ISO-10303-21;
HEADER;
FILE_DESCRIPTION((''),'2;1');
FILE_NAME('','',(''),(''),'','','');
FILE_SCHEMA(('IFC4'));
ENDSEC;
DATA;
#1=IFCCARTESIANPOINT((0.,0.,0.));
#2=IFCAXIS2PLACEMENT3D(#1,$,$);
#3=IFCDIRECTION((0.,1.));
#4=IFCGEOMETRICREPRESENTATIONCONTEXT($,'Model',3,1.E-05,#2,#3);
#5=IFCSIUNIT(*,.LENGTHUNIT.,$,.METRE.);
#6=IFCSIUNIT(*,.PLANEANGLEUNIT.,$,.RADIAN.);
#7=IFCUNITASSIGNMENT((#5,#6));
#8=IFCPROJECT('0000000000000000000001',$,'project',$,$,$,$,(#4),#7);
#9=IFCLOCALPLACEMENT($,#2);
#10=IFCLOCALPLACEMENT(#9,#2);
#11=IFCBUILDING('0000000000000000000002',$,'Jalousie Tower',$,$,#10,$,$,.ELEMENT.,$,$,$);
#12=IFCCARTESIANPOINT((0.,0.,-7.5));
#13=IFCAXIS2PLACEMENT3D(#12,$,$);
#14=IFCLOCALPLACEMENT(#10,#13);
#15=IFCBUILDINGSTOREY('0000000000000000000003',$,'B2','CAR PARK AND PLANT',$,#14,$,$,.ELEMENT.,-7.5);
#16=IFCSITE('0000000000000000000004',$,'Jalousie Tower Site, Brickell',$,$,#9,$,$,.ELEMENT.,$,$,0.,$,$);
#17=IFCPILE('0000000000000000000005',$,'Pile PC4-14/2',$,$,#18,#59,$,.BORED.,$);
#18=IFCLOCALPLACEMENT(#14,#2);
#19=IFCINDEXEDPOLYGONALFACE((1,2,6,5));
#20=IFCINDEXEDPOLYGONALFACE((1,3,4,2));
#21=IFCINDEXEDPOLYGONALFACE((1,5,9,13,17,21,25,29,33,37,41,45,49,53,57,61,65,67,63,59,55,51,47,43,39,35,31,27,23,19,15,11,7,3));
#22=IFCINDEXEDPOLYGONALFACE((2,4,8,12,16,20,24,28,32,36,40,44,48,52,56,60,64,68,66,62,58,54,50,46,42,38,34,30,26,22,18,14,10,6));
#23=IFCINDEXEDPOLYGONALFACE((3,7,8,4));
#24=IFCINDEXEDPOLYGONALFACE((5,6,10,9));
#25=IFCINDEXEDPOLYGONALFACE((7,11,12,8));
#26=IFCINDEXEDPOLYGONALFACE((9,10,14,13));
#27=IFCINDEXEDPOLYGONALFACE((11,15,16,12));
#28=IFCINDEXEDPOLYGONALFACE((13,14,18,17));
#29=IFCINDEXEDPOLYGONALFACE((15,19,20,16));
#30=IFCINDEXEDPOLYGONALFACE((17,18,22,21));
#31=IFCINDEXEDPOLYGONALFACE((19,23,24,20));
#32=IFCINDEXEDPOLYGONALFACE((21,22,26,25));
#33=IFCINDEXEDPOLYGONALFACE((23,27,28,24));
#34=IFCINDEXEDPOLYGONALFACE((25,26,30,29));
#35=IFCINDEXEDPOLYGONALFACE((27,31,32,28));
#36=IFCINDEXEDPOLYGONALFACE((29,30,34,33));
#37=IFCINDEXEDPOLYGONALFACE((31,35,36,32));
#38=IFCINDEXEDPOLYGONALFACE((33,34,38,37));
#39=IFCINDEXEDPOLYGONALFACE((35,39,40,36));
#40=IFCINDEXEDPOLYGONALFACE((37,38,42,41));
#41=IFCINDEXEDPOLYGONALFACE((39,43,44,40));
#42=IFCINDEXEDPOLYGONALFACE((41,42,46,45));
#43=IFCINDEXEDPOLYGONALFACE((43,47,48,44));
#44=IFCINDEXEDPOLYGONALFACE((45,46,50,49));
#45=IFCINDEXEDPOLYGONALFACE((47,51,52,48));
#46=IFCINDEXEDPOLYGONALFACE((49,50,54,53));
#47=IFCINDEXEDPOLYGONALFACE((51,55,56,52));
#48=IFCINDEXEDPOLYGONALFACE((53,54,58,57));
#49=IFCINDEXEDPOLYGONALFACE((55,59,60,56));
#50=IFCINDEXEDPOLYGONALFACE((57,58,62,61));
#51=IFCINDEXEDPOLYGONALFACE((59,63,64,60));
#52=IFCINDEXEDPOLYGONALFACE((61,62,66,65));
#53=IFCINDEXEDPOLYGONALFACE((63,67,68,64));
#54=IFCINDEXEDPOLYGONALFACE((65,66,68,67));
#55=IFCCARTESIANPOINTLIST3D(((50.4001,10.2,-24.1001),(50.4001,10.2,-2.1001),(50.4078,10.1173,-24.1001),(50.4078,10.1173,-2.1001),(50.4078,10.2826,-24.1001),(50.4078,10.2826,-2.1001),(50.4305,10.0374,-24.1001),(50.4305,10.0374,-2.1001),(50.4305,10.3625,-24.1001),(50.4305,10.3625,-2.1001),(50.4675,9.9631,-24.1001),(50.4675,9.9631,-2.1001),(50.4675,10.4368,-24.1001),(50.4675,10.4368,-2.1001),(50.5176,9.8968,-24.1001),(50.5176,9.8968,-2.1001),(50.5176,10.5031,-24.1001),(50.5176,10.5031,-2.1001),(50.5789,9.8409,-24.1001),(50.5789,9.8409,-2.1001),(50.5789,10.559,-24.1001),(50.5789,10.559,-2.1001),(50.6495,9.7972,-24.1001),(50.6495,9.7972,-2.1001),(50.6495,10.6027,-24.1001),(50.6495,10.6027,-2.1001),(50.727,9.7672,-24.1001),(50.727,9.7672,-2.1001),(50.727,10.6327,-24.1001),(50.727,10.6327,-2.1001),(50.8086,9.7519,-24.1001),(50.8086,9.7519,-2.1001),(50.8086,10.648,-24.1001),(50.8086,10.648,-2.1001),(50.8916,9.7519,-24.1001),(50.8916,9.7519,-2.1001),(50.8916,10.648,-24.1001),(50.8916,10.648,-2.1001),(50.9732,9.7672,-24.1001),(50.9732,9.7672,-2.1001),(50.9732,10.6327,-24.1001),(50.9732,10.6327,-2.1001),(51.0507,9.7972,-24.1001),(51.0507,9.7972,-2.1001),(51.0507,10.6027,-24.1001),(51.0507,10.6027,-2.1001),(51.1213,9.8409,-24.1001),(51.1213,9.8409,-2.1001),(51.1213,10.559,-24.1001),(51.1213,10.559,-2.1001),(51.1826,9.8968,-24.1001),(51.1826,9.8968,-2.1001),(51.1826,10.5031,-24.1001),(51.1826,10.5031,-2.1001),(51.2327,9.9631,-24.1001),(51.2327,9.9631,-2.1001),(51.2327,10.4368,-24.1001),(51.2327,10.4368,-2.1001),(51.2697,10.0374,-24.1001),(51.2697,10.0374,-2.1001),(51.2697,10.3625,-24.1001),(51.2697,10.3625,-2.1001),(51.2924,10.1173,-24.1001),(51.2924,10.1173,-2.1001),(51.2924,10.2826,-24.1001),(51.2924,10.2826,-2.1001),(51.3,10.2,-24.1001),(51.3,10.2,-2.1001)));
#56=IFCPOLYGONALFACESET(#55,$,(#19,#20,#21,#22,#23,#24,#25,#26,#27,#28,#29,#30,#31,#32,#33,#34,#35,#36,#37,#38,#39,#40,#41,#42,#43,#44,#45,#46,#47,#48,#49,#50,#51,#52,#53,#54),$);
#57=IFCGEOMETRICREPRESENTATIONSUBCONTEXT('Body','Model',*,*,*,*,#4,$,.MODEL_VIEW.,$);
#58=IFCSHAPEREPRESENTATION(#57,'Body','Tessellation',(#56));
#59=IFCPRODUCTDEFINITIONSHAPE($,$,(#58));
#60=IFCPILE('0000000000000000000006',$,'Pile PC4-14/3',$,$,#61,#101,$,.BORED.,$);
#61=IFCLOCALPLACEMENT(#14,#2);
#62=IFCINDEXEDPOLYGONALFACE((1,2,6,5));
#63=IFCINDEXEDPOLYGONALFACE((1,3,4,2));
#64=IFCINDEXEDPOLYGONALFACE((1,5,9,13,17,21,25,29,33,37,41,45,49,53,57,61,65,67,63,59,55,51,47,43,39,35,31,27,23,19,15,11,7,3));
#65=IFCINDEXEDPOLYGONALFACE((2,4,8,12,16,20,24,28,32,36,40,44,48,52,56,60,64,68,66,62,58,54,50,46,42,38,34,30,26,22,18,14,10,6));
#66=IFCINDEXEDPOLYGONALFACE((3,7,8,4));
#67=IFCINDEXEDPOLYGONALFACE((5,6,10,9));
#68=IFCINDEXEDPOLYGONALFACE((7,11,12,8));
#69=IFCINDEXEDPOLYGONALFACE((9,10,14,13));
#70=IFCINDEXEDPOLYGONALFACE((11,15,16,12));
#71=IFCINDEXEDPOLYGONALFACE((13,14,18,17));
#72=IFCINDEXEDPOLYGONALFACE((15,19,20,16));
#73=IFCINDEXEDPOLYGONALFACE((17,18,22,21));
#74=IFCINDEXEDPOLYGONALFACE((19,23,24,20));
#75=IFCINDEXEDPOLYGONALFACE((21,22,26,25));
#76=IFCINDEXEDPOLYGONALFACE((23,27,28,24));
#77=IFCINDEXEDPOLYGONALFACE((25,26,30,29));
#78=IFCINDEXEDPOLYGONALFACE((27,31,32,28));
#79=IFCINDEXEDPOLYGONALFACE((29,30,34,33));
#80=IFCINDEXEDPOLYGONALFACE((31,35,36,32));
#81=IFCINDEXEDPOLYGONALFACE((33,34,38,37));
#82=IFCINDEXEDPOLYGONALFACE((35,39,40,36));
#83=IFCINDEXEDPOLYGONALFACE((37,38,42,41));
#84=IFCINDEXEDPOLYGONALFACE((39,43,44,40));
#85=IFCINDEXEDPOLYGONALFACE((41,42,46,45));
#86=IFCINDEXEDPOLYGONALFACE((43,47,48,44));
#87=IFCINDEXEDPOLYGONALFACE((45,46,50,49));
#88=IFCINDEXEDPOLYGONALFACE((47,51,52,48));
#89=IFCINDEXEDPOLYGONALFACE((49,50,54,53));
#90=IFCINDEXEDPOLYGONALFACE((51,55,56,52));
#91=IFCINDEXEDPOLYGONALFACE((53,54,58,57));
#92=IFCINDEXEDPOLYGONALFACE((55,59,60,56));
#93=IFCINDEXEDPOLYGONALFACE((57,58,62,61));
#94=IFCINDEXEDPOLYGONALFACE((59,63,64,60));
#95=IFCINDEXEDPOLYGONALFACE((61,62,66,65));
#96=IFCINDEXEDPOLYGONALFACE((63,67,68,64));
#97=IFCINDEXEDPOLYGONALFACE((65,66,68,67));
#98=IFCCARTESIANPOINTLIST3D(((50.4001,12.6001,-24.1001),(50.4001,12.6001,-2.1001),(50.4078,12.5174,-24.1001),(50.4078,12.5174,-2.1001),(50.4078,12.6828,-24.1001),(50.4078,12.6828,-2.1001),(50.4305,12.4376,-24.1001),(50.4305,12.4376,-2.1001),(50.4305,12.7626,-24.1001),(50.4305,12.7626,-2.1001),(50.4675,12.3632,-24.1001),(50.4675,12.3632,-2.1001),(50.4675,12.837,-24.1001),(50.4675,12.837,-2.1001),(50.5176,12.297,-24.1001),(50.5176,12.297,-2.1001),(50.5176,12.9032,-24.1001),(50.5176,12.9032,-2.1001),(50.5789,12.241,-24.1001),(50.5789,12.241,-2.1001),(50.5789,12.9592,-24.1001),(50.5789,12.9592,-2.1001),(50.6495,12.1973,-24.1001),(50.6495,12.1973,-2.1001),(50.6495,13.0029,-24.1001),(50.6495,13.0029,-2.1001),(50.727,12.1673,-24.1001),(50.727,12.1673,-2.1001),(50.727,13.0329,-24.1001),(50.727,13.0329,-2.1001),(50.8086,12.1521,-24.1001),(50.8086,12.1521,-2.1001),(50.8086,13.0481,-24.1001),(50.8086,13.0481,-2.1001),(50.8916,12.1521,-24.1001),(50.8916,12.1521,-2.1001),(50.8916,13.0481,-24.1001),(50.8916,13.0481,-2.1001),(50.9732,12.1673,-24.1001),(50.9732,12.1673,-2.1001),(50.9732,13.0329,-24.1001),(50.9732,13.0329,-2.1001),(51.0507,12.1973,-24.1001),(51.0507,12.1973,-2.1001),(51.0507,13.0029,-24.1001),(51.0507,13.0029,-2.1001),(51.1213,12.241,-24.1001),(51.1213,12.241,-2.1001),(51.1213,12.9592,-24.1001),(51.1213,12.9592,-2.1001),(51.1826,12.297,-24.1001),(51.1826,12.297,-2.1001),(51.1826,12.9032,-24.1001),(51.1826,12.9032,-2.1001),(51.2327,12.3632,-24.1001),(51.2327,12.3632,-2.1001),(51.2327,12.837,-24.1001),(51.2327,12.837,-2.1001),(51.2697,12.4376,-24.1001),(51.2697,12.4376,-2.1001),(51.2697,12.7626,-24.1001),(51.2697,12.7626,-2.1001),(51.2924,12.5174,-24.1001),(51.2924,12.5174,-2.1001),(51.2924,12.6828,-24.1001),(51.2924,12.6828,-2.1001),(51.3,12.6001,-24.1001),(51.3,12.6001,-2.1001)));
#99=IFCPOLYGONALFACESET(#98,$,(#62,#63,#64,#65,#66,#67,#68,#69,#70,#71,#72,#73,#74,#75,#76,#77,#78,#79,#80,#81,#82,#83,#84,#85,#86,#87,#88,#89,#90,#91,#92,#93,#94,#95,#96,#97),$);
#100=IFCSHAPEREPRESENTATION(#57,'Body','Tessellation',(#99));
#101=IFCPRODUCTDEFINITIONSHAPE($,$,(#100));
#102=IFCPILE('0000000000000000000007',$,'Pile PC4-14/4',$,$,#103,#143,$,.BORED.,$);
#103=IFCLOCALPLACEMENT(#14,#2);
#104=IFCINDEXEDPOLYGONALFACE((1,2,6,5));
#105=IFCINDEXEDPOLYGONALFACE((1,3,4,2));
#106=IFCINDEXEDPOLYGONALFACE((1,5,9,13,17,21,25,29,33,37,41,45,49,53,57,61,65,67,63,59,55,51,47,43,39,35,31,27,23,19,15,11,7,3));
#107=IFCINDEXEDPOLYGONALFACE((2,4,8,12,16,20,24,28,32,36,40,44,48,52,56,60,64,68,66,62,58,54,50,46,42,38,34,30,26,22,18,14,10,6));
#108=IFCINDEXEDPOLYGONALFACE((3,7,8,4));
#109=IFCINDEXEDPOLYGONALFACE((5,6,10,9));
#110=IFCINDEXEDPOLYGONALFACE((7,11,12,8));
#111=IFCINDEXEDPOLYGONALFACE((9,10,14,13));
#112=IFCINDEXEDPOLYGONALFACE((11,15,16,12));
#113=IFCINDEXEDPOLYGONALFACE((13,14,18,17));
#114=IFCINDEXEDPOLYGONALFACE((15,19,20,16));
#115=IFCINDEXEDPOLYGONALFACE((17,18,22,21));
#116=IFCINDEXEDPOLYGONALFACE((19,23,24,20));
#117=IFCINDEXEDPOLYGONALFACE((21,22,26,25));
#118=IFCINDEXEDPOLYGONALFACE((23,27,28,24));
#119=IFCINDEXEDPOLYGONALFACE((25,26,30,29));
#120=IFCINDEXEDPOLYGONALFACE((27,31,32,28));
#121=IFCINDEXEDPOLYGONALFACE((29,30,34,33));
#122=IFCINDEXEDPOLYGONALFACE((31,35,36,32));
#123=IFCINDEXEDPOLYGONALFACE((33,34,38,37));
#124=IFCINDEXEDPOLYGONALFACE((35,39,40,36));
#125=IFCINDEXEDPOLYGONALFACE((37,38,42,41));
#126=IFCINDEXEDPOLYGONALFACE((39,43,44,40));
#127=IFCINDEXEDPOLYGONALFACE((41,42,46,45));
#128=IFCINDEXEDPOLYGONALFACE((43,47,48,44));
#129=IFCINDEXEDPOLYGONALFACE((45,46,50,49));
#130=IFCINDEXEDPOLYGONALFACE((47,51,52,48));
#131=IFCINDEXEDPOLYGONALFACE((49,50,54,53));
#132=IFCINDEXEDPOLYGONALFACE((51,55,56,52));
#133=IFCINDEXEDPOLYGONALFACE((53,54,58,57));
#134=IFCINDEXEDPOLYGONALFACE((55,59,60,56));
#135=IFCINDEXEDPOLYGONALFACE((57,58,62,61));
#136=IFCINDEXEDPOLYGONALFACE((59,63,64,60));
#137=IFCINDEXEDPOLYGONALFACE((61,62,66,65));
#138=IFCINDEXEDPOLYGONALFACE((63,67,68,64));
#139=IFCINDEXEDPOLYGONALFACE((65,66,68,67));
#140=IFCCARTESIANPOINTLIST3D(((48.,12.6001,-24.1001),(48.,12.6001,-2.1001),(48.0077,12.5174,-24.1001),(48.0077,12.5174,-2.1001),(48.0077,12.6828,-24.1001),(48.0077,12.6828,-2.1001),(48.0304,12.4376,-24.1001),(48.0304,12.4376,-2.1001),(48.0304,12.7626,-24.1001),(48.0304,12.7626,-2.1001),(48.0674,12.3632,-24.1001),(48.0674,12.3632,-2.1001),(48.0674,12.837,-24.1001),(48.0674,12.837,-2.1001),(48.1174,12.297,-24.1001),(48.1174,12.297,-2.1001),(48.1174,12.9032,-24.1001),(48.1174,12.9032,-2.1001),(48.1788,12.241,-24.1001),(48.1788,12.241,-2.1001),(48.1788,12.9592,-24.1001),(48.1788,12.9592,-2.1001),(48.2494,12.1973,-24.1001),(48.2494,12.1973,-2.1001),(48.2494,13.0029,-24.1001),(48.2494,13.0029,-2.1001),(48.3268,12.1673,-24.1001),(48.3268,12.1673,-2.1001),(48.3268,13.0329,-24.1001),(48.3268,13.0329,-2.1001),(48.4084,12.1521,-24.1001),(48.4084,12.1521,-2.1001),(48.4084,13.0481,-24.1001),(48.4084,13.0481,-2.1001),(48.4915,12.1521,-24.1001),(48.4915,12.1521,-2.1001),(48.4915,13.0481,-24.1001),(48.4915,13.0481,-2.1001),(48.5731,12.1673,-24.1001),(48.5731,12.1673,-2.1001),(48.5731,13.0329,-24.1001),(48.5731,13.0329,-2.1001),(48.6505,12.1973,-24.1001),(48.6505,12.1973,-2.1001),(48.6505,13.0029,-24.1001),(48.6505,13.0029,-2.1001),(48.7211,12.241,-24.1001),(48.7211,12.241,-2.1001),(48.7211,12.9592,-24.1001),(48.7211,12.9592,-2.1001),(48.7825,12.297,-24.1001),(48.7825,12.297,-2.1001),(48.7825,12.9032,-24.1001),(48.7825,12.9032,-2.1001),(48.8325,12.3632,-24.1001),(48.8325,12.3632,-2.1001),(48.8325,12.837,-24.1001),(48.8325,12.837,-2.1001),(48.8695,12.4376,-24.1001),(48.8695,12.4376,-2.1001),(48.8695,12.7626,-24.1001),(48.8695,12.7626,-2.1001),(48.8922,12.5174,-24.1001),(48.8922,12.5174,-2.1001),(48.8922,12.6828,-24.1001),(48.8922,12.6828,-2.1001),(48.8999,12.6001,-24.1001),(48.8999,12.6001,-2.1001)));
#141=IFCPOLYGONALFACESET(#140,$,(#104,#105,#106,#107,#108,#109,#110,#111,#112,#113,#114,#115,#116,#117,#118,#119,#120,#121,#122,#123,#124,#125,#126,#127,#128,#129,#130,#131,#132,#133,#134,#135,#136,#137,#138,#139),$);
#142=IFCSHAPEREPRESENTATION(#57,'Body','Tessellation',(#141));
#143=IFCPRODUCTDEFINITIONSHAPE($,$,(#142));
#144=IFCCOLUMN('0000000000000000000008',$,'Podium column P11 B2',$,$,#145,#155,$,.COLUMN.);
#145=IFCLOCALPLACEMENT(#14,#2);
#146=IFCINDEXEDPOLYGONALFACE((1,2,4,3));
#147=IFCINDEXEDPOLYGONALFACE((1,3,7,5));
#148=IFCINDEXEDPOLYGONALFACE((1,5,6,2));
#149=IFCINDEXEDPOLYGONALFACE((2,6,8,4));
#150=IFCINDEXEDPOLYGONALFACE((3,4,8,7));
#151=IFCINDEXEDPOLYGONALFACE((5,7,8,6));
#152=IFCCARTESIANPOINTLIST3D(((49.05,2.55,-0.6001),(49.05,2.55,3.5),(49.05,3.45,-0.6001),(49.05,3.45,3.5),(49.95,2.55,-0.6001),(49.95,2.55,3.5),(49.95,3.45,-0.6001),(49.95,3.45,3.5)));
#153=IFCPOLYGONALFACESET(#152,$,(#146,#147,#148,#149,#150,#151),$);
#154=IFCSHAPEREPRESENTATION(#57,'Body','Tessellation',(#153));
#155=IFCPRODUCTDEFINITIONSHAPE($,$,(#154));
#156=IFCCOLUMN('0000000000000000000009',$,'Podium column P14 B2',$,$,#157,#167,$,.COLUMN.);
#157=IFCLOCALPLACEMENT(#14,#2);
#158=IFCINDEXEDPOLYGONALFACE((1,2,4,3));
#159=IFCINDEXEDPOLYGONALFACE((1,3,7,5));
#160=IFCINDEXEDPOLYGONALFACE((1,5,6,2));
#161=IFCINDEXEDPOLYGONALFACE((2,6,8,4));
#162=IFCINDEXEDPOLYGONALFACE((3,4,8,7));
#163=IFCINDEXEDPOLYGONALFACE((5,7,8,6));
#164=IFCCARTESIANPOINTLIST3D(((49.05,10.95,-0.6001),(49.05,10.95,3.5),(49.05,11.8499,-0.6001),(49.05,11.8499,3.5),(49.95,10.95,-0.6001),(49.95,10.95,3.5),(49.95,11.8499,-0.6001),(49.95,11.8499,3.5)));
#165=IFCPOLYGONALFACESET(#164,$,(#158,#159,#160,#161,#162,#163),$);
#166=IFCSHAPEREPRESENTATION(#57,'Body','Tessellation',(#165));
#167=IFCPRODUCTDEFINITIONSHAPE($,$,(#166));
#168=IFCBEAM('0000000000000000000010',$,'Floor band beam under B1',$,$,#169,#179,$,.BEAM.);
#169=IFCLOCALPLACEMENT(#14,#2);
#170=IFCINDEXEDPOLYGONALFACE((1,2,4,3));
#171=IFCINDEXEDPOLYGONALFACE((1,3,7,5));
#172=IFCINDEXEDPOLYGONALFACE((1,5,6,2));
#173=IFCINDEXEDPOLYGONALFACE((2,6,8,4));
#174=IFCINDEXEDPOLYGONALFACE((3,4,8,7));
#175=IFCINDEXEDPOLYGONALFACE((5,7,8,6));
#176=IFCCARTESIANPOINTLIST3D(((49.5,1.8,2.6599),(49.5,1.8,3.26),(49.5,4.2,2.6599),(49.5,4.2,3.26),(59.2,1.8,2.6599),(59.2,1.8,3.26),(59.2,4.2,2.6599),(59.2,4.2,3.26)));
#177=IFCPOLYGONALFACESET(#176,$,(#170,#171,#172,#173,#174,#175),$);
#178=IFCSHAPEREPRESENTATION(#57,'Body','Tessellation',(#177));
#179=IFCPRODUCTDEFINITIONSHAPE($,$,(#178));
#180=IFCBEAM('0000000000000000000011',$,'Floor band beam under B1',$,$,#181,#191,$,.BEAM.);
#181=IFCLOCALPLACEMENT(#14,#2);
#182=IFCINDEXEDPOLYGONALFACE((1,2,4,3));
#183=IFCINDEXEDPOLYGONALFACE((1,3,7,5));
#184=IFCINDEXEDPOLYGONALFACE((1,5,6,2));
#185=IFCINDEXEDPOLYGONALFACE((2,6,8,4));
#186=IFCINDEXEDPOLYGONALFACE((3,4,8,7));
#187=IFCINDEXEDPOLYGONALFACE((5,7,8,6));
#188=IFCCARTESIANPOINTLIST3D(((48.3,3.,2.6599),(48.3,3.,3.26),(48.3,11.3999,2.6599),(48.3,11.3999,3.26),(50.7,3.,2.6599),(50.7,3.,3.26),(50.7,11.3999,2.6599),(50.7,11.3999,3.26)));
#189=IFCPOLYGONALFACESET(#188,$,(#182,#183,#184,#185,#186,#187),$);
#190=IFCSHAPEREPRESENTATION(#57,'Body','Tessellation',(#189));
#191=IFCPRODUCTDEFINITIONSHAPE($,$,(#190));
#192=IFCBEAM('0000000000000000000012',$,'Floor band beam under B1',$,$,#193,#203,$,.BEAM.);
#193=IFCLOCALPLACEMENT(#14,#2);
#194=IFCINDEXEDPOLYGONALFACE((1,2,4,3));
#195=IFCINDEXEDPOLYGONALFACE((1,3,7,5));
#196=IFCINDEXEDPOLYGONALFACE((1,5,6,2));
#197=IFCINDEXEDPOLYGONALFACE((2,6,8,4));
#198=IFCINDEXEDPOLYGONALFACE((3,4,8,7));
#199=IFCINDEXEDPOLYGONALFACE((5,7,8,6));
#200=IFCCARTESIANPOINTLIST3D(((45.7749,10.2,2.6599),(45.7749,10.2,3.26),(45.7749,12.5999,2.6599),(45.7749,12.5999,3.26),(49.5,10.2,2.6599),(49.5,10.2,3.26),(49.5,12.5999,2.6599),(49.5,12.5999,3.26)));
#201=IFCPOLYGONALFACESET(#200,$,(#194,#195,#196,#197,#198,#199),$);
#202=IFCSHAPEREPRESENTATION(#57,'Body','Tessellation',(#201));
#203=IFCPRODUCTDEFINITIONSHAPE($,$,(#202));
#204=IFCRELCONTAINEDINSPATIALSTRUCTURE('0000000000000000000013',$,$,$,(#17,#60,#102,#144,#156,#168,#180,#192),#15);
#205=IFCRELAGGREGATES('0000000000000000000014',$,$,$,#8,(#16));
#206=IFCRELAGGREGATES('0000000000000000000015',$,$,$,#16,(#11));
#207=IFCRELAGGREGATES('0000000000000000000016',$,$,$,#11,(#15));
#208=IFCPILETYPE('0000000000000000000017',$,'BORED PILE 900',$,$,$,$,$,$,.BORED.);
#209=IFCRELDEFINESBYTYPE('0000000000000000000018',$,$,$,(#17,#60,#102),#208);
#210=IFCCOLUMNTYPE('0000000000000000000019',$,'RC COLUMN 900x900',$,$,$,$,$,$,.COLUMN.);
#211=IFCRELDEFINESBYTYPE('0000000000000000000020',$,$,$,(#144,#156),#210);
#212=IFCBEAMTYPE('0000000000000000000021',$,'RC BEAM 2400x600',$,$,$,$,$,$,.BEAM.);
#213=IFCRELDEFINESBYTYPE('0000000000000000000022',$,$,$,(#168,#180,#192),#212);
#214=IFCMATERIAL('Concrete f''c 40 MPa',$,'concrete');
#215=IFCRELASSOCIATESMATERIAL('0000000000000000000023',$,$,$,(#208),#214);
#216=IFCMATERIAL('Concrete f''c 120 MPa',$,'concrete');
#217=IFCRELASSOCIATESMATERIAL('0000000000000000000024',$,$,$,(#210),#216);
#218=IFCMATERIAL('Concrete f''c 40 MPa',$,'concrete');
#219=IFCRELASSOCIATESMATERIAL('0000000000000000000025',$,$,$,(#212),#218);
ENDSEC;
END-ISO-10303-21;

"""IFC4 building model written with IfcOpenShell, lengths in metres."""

from ifc_helpers import new_model, si_unit, direction, frame, origin, origin_2d, place, context, subcontext, project, spatial, rectangle, circle, extrude, material, material_profile, profile_set, type_object, element, save


model = new_model("IFC4")

# Units and contexts
model_context = context("Model", 3, precision=1e-05, world=origin(), true_north=direction((0.0, 1.0)))
body_context = subcontext(model_context, "Body", "Model", "MODEL_VIEW")
ifc_project = project(units=[si_unit("LENGTHUNIT", "METRE"), si_unit("PLANEANGLEUNIT", "RADIAN")], contexts=[model_context])

# Site, building, storey
site_placement = place(None, origin())
site = spatial("IfcSite", under=ifc_project, at=site_placement, Name="Jalousie Tower Site, Brickell", CompositionType="ELEMENT", RefElevation=0.0)
building_placement = place(site_placement, origin())
building = spatial("IfcBuilding", under=site, at=building_placement, Name="Jalousie Tower", CompositionType="ELEMENT")
storey_placement = place(building_placement, frame((0.0, 0.0, -7.5)))
storey = spatial("IfcBuildingStorey", under=building, at=storey_placement, Name="B2", Description="CAR PARK AND PLANT", CompositionType="ELEMENT", Elevation=-7.5)

# Piles
ifc_material_1 = material(Name="Concrete f'c 40 MPa", Category="concrete")
ifc_material_profile_1 = material_profile(ifc_material_1, circle(Radius=0.45, at=origin_2d()), Name="BORED PILE D900")
ifc_profile_set_1 = profile_set([ifc_material_profile_1], Name="Concrete f'c 40 MPa")
pile_type_1 = type_object("IfcPileType", Name="BORED PILE 900", PredefinedType="BORED", material=ifc_profile_set_1)
for number, where, z_axis, x_axis, name in (
    (1, (50.8501, 10.2, -2.1001), (0.0, 0.0, -1.0), (1.0, 0.0, 0.0), "Pile PC4-14/2"),
    (2, (50.8501, 12.6001, -2.1001), (0.0, 0.0, -1.0), (1.0, 0.0, 0.0), "Pile PC4-14/3"),
    (3, (48.45, 12.6001, -2.1001), (0.0, 0.0, -1.0), (1.0, 0.0, 0.0), "Pile PC4-14/4"),
):
    element("IfcPile", number, at=place(storey_placement, frame(where, z_axis=z_axis, x_axis=x_axis)), inside=storey, type_object=pile_type_1, Name=name, PredefinedType="BORED", context=body_context, shape_type="SweptSolid", body=[
        extrude(circle(Radius=0.45, at=origin_2d()), origin(), (0.0, 0.0, 1.0), 22.0),
    ])

# Columns
ifc_material_2 = material(Name="Concrete f'c 120 MPa", Category="concrete")
ifc_material_profile_2 = material_profile(ifc_material_2, rectangle(XDim=0.8999, YDim=0.8999, at=origin_2d()), Name="RC 900x900")
ifc_profile_set_2 = profile_set([ifc_material_profile_2], Name="Concrete f'c 120 MPa")
column_type = type_object("IfcColumnType", Name="RC COLUMN 900x900", PredefinedType="COLUMN", material=ifc_profile_set_2)
for number, where, z_axis, x_axis, name in (
    (4, (49.5, 3.0, -0.6001), (0.0, 0.0, 1.0), (1.0, 0.0, 0.0), "Podium column P11 B2"),
    (5, (49.5, 11.3999, -0.6001), (0.0, 0.0, 1.0), (1.0, 0.0, 0.0), "Podium column P14 B2"),
):
    element("IfcColumn", number, at=place(storey_placement, frame(where, z_axis=z_axis, x_axis=x_axis)), inside=storey, type_object=column_type, Name=name, PredefinedType="COLUMN", context=body_context, shape_type="SweptSolid", body=[
        extrude(rectangle(XDim=0.8999, YDim=0.8999, at=origin_2d()), origin(), (0.0, 0.0, 1.0), 4.1001),
    ])

# Beams
ifc_material_3 = material(Name="Concrete f'c 40 MPa", Category="concrete")
ifc_material_profile_3 = material_profile(ifc_material_3, rectangle(XDim=2.3999, YDim=0.6001, at=origin_2d()), Name="RC 2400x600")
ifc_profile_set_3 = profile_set([ifc_material_profile_3], Name="Concrete f'c 40 MPa")
beam_type = type_object("IfcBeamType", Name="RC BEAM 2400x600", PredefinedType="BEAM", material=ifc_profile_set_3)
beam_1_placement = place(storey_placement, frame((49.5, 3.0, 2.96), z_axis=(1.0, 0.0, 0.0), x_axis=(0.0, 1.0, 0.0)))
element("IfcBeam", 6, at=beam_1_placement, inside=storey, type_object=beam_type, Name="Floor band beam under B1", PredefinedType="BEAM", context=body_context, shape_type="SweptSolid", body=[
    extrude(rectangle(XDim=2.3999, YDim=0.6001, at=origin_2d()), origin(), (0.0, 0.0, 1.0), 9.7),
])
beam_2_placement = place(storey_placement, frame((49.5, 3.0, 2.96), z_axis=(0.0, 1.0, 0.0), x_axis=(-1.0, 0.0, 0.0)))
element("IfcBeam", 7, at=beam_2_placement, inside=storey, type_object=beam_type, Name="Floor band beam under B1", PredefinedType="BEAM", context=body_context, shape_type="SweptSolid", body=[
    extrude(rectangle(XDim=2.3999, YDim=0.6001, at=origin_2d()), origin(), (0.0, 0.0, 1.0), 8.3999),
])
beam_3_placement = place(storey_placement, frame((49.5, 11.3999, 2.96), z_axis=(-1.0, 0.0, 0.0), x_axis=(0.0, -1.0, 0.0)))
element("IfcBeam", 8, at=beam_3_placement, inside=storey, type_object=beam_type, Name="Floor band beam under B1", PredefinedType="BEAM", context=body_context, shape_type="SweptSolid", body=[
    extrude(rectangle(XDim=2.3999, YDim=0.6001, at=origin_2d()), origin(), (0.0, 0.0, 1.0), 3.7251),
])

save(model, "model.ifc")
